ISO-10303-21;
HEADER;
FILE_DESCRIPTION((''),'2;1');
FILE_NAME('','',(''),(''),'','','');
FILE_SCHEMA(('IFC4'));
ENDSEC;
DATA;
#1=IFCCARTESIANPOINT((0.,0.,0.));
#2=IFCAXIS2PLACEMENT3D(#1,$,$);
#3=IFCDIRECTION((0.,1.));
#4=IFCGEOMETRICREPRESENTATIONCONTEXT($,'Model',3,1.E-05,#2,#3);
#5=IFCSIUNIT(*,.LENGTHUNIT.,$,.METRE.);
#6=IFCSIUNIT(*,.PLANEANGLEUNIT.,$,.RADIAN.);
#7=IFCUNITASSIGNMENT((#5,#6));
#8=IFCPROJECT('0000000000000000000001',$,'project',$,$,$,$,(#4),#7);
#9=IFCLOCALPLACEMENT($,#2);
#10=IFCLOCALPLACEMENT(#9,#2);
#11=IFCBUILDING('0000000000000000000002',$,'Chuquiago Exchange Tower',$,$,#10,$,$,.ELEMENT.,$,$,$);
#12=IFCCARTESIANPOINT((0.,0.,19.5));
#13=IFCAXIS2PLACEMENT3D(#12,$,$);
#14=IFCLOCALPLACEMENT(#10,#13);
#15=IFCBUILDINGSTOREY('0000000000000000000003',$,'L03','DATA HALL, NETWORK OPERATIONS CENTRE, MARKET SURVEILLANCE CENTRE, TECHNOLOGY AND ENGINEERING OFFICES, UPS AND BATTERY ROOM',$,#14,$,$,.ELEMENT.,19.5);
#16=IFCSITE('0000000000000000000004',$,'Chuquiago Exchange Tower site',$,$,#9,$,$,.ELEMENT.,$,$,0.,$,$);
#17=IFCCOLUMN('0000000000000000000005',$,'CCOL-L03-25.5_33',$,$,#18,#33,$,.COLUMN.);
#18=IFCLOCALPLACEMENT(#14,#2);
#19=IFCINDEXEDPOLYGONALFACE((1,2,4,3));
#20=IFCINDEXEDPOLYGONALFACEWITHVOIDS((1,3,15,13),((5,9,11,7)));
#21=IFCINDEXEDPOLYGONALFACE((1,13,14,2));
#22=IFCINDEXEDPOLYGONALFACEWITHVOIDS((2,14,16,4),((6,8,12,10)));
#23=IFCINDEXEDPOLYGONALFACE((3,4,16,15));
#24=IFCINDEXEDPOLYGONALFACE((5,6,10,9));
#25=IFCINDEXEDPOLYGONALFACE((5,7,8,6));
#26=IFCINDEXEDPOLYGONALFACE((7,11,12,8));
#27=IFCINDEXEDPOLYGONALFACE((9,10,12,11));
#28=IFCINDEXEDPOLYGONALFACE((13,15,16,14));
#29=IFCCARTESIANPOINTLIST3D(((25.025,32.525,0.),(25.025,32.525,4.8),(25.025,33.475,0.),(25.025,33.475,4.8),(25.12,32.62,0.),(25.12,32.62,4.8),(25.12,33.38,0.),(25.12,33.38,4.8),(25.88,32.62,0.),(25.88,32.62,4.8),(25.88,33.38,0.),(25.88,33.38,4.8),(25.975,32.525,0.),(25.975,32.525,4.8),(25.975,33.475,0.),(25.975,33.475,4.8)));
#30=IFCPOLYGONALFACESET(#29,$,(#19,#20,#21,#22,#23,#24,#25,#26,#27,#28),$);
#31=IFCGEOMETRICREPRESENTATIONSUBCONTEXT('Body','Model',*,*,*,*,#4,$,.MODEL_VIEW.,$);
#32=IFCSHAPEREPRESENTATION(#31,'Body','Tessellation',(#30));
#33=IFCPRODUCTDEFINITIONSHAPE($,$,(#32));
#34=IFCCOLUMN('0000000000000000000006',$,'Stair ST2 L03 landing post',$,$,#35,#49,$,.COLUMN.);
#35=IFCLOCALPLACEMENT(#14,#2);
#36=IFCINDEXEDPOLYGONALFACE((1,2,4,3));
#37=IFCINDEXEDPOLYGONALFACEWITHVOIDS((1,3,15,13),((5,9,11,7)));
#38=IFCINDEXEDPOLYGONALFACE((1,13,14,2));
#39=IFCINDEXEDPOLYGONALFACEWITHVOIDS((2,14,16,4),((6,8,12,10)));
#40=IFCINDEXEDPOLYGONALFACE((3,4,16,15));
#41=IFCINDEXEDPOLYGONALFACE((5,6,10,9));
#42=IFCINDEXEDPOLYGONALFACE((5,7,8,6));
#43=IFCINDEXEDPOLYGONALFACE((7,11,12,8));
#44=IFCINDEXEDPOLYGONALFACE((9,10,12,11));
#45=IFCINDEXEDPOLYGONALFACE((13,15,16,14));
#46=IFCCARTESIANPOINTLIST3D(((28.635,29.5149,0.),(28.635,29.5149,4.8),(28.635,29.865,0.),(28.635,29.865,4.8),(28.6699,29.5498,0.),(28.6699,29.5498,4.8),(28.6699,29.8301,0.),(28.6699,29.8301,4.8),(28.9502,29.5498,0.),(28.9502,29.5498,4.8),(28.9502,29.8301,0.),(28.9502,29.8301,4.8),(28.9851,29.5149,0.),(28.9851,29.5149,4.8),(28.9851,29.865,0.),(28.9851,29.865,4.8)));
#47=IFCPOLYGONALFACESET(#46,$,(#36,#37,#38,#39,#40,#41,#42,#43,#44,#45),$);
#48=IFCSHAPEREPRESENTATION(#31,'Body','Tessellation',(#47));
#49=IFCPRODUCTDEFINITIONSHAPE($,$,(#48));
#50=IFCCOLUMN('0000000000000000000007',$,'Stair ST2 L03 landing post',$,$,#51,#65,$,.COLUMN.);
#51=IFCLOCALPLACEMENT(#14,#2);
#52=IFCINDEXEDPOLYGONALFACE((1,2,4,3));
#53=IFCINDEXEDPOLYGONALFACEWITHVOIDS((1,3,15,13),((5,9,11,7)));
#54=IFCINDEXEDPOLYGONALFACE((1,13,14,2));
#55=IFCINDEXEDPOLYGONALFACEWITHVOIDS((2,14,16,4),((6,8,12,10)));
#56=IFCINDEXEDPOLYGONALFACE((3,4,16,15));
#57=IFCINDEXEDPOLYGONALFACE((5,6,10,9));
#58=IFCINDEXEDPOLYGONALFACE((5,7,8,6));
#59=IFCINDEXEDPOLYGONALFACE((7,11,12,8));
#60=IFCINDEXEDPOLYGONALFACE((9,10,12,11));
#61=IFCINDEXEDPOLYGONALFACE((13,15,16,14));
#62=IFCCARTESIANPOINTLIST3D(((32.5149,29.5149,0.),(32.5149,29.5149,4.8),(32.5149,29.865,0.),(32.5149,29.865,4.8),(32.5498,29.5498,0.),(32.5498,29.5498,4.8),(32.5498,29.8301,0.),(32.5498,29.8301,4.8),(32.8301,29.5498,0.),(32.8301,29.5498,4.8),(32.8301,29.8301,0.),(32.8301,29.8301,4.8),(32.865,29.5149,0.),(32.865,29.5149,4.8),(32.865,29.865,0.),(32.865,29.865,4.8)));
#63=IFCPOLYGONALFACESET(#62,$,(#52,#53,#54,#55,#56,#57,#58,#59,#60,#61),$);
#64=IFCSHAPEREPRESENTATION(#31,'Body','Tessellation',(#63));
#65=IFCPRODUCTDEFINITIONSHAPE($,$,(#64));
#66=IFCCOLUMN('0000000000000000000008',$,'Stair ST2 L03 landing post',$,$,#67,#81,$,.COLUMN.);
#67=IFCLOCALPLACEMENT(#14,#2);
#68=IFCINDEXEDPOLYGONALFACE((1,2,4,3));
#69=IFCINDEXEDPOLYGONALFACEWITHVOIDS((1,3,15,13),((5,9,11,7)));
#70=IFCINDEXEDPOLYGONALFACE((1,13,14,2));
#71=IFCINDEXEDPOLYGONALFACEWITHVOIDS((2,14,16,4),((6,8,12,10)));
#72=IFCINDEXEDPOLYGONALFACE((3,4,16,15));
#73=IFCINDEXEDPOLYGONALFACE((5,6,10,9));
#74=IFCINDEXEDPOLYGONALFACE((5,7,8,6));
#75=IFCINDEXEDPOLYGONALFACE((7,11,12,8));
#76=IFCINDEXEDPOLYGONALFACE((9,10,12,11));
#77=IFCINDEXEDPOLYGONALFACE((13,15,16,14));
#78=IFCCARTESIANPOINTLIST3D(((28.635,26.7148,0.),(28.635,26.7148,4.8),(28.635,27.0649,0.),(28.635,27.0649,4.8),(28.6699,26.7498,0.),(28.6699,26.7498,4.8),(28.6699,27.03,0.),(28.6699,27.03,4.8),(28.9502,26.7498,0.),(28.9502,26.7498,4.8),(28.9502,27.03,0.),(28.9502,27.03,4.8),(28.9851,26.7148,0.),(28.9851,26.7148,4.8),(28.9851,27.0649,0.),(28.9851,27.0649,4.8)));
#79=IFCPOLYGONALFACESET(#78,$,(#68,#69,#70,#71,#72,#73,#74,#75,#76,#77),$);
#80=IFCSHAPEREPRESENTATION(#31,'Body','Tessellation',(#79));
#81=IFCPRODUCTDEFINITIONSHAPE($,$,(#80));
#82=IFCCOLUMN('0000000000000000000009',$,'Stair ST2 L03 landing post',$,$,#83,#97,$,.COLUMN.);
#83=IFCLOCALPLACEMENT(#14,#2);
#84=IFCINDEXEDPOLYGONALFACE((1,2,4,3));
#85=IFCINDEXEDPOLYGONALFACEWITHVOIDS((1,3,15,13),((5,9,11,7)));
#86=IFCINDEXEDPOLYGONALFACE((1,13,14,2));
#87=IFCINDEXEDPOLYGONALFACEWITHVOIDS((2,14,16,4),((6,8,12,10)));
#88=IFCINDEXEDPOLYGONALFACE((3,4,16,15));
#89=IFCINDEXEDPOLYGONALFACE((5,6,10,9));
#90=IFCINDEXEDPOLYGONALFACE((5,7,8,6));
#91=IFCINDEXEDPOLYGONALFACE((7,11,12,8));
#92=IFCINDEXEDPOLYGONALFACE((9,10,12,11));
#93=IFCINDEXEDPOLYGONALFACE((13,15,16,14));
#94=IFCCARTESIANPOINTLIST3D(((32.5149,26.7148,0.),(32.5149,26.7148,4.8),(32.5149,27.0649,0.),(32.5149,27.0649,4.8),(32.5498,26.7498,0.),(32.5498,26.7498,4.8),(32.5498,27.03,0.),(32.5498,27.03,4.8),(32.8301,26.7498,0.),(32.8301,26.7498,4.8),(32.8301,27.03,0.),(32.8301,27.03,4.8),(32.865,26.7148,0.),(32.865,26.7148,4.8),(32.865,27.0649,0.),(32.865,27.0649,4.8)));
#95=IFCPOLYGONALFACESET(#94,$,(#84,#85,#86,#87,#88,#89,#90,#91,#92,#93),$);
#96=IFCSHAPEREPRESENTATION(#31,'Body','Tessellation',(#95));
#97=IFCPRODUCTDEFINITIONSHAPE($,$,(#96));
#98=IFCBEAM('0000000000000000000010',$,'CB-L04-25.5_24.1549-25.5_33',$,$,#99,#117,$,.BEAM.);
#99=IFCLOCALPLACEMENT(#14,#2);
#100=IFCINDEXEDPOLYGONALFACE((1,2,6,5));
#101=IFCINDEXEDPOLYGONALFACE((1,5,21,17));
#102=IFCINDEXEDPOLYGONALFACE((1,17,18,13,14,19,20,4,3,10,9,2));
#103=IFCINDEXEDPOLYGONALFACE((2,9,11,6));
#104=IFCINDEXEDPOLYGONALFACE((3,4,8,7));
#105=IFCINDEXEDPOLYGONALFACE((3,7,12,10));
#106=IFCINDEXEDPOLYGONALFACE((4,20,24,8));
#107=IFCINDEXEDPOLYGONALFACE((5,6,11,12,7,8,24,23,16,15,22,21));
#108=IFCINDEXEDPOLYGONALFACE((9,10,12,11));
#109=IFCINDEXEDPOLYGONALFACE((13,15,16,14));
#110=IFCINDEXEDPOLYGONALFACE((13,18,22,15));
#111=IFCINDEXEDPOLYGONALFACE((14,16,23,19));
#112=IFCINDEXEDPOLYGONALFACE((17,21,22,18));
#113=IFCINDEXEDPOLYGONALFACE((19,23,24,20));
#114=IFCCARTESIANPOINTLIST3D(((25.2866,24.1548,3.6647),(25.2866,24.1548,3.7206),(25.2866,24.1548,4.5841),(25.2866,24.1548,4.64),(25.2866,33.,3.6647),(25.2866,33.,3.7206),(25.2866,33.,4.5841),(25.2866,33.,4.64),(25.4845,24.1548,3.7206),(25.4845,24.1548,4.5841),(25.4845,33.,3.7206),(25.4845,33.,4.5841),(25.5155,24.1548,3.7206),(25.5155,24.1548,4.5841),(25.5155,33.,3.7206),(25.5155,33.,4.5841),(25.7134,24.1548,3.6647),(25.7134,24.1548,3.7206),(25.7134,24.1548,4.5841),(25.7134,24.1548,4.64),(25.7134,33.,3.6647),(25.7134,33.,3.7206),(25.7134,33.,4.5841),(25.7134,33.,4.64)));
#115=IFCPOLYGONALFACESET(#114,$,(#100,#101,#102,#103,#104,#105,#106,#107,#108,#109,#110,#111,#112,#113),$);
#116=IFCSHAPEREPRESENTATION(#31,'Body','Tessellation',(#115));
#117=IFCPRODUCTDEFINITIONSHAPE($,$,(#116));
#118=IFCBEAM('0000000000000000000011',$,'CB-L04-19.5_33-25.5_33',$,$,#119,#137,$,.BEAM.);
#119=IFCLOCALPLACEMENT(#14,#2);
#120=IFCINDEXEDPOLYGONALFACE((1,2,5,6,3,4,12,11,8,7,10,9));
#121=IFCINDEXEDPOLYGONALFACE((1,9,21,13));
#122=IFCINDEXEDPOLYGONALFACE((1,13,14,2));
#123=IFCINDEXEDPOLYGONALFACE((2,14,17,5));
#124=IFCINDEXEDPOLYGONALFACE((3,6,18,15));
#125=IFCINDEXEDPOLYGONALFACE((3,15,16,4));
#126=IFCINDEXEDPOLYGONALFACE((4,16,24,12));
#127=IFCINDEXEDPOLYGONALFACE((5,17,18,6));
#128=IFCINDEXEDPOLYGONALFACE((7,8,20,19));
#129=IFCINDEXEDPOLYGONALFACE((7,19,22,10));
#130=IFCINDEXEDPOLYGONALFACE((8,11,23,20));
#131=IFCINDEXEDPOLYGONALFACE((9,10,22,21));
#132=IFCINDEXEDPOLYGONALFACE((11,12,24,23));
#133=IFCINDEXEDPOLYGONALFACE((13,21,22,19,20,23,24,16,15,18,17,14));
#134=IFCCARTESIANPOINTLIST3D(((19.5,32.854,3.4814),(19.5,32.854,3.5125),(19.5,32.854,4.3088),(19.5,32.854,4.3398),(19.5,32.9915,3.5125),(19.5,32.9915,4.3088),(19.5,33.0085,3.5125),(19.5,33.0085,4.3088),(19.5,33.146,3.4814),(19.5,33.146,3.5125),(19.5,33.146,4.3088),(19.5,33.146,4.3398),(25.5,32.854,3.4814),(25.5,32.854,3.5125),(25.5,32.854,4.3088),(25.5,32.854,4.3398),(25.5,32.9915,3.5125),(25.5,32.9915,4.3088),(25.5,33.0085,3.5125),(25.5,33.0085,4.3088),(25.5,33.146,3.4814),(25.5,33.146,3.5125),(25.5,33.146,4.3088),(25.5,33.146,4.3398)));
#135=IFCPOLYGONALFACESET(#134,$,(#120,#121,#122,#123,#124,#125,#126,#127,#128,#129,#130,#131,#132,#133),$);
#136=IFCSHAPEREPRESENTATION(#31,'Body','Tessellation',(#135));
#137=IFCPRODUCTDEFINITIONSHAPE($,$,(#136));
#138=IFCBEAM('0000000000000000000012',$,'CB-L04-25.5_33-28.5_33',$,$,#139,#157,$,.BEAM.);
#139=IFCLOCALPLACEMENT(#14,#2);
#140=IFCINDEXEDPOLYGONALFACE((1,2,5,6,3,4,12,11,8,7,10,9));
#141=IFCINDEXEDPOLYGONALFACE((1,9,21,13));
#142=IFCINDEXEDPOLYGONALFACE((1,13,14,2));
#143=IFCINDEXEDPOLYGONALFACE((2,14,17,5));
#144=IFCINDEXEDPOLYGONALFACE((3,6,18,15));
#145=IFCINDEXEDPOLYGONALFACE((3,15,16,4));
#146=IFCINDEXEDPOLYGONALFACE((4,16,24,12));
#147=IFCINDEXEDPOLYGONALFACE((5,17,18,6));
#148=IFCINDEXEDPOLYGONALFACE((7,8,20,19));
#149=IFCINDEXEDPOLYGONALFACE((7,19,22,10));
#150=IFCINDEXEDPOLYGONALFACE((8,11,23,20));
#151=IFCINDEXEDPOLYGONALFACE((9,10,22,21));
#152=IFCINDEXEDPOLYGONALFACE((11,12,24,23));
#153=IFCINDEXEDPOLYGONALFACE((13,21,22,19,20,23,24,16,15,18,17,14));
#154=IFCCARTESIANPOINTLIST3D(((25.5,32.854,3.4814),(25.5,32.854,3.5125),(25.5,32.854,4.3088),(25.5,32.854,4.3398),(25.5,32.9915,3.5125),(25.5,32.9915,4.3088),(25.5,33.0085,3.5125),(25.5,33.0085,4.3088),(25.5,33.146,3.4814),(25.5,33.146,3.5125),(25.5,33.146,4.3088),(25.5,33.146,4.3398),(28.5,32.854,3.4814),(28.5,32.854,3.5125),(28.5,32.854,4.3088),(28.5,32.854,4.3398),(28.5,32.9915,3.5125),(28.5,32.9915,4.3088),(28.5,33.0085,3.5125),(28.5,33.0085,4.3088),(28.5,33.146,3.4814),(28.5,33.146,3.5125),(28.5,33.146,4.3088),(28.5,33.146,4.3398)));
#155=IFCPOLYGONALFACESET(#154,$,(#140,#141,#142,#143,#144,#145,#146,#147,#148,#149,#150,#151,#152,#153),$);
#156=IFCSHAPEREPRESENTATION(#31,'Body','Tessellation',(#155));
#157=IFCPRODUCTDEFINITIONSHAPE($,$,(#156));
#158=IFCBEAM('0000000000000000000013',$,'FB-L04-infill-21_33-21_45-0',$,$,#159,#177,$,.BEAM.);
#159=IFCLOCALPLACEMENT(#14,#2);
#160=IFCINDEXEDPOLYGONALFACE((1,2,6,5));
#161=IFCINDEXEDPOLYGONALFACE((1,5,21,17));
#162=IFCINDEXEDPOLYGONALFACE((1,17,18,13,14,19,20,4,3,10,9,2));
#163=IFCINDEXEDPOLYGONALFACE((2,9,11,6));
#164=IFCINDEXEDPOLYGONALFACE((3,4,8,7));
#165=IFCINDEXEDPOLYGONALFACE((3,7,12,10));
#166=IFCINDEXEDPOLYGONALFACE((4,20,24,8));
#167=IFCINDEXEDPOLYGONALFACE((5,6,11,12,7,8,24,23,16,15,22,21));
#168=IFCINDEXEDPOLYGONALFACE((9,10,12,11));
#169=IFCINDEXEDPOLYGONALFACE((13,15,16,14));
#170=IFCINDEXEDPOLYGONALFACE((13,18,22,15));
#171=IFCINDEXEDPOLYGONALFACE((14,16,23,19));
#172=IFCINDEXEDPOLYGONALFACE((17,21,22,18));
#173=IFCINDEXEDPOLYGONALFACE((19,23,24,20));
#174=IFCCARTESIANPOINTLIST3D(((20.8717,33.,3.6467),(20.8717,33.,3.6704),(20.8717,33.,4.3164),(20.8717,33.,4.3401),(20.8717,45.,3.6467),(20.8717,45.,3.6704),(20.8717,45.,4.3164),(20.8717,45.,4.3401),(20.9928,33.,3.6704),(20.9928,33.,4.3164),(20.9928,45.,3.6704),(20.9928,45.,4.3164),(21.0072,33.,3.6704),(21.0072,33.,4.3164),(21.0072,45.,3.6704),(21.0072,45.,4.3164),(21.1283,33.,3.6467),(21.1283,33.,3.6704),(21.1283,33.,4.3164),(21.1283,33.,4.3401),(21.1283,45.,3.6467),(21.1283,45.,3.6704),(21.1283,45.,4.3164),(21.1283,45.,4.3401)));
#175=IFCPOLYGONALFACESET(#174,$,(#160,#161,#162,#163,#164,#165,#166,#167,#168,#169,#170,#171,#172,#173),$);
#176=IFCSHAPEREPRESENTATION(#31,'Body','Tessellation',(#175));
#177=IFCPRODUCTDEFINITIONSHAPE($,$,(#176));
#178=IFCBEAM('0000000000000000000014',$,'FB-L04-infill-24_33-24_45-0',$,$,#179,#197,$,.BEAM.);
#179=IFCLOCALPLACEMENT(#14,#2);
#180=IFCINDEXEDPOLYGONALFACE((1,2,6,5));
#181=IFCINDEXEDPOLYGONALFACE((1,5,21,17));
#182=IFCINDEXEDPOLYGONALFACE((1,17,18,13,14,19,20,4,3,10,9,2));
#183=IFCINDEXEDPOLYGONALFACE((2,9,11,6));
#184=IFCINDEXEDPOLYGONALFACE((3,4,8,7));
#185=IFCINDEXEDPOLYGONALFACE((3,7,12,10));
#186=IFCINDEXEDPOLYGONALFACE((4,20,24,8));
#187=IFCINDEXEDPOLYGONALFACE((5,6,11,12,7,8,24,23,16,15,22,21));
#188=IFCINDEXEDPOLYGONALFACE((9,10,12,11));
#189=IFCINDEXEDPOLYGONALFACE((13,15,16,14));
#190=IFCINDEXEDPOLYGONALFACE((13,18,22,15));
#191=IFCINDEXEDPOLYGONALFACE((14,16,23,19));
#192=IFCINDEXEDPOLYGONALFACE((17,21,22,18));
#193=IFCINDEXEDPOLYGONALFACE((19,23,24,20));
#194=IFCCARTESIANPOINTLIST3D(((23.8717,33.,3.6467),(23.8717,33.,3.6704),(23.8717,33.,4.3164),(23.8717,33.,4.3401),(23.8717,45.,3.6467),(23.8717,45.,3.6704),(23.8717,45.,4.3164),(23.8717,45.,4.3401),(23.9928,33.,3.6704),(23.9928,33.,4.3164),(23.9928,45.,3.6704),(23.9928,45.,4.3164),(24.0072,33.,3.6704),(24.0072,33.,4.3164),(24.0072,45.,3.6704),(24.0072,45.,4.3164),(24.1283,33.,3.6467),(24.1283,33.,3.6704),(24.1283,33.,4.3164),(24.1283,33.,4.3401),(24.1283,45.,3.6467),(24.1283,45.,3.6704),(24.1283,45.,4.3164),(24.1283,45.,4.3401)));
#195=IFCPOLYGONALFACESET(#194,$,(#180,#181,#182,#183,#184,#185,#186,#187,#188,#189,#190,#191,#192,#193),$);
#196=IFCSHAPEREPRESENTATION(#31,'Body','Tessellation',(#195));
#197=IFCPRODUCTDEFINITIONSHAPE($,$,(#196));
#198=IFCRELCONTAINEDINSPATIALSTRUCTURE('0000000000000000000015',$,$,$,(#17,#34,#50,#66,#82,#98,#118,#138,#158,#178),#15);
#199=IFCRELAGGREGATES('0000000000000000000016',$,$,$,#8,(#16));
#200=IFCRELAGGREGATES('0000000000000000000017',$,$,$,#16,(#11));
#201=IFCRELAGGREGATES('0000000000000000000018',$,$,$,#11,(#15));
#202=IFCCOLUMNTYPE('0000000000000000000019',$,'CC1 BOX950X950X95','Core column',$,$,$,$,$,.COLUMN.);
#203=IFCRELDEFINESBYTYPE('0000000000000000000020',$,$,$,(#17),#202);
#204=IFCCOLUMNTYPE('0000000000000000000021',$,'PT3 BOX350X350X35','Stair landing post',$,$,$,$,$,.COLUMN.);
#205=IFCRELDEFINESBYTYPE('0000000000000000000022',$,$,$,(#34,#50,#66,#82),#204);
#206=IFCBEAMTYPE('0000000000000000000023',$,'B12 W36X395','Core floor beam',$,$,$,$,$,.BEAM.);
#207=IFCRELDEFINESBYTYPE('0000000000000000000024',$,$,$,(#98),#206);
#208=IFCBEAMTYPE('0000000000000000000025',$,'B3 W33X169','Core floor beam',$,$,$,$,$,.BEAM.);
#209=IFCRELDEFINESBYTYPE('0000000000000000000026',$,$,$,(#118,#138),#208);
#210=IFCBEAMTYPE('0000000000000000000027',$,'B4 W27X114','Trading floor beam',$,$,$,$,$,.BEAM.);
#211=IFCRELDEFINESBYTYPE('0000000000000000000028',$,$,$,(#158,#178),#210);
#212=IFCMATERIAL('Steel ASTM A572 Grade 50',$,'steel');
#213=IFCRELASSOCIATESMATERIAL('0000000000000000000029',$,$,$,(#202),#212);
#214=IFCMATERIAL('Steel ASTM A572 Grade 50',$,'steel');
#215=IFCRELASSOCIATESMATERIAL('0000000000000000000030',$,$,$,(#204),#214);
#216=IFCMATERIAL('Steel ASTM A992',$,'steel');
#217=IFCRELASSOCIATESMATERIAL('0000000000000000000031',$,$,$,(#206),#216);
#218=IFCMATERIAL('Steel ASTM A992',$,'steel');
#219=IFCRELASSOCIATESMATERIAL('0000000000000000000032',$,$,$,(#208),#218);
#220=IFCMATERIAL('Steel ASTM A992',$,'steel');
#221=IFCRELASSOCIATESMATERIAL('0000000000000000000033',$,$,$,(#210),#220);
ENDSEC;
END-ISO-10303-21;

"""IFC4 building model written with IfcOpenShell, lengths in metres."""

from ifc_helpers import new_model, si_unit, direction, frame, origin, origin_2d, place, context, subcontext, project, spatial, hollow_rectangle, i_section, extrude, material, material_profile, profile_set, type_object, element, save


model = new_model("IFC4")

# Units and contexts
model_context = context("Model", 3, precision=1e-05, world=origin(), true_north=direction((0.0, 1.0)))
body_context = subcontext(model_context, "Body", "Model", "MODEL_VIEW")
ifc_project = project(units=[si_unit("LENGTHUNIT", "METRE"), si_unit("PLANEANGLEUNIT", "RADIAN")], contexts=[model_context])

# Site, building, storey
site_placement = place(None, origin())
site = spatial("IfcSite", under=ifc_project, at=site_placement, Name="Chuquiago Exchange Tower site", CompositionType="ELEMENT", RefElevation=0.0)
building_placement = place(site_placement, origin())
building = spatial("IfcBuilding", under=site, at=building_placement, Name="Chuquiago Exchange Tower", CompositionType="ELEMENT")
storey_placement = place(building_placement, frame((0.0, 0.0, 19.5)))
storey = spatial("IfcBuildingStorey", under=building, at=storey_placement, Name="L03", Description="DATA HALL, NETWORK OPERATIONS CENTRE, MARKET SURVEILLANCE CENTRE, TECHNOLOGY AND ENGINEERING OFFICES, UPS AND BATTERY ROOM", CompositionType="ELEMENT", Elevation=19.5)

# Columns
ifc_material_1 = material(Name="Steel ASTM A572 Grade 50", Category="steel")
ifc_material_profile_1 = material_profile(ifc_material_1, hollow_rectangle(XDim=0.95, YDim=0.95, WallThickness=0.095, at=origin_2d()), Name="BOX950X950X95")
ifc_profile_set_1 = profile_set([ifc_material_profile_1], Name="Steel ASTM A572 Grade 50")
column_type_1 = type_object("IfcColumnType", Name="CC1 BOX950X950X95", Description="Core column", PredefinedType="COLUMN", material=ifc_profile_set_1)
column_placement = place(storey_placement, frame((25.5, 33.0, 0.0), z_axis=(0.0, 0.0, 1.0), x_axis=(1.0, 0.0, 0.0)))
element("IfcColumn", 1, at=column_placement, inside=storey, type_object=column_type_1, Name="CCOL-L03-25.5_33", PredefinedType="COLUMN", context=body_context, shape_type="SweptSolid", body=[
    extrude(hollow_rectangle(XDim=0.95, YDim=0.95, WallThickness=0.095, at=origin_2d()), origin(), (0.0, 0.0, 1.0), 4.8),
])
ifc_material_2 = material(Name="Steel ASTM A572 Grade 50", Category="steel")
ifc_material_profile_2 = material_profile(ifc_material_2, hollow_rectangle(XDim=0.3501, YDim=0.3501, WallThickness=0.0349, at=origin_2d()), Name="BOX350X350X35")
ifc_profile_set_2 = profile_set([ifc_material_profile_2], Name="Steel ASTM A572 Grade 50")
column_type_2 = type_object("IfcColumnType", Name="PT3 BOX350X350X35", Description="Stair landing post", PredefinedType="COLUMN", material=ifc_profile_set_2)
for number, where, z_axis, x_axis, name in (
    (2, (28.8101, 29.6899, 0.0), (0.0, 0.0, 1.0), (1.0, 0.0, 0.0), "Stair ST2 L03 landing post"),
    (3, (32.6899, 29.6899, 0.0), (0.0, 0.0, 1.0), (1.0, 0.0, 0.0), "Stair ST2 L03 landing post"),
    (4, (28.8101, 26.8899, 0.0), (0.0, 0.0, 1.0), (1.0, 0.0, 0.0), "Stair ST2 L03 landing post"),
    (5, (32.6899, 26.8899, 0.0), (0.0, 0.0, 1.0), (1.0, 0.0, 0.0), "Stair ST2 L03 landing post"),
):
    element("IfcColumn", number, at=place(storey_placement, frame(where, z_axis=z_axis, x_axis=x_axis)), inside=storey, type_object=column_type_2, Name=name, PredefinedType="COLUMN", context=body_context, shape_type="SweptSolid", body=[
        extrude(hollow_rectangle(XDim=0.3501, YDim=0.3501, WallThickness=0.0349, at=origin_2d()), origin(), (0.0, 0.0, 1.0), 4.8),
    ])

# Beams
ifc_material_3 = material(Name="Steel ASTM A992", Category="steel")
ifc_material_profile_3 = material_profile(ifc_material_3, i_section(OverallWidth=0.4268, OverallDepth=0.9753, WebThickness=0.031, FlangeThickness=0.0559, at=origin_2d()), Name="W36X395")
ifc_profile_set_3 = profile_set([ifc_material_profile_3], Name="Steel ASTM A992")
beam_type_1 = type_object("IfcBeamType", Name="B12 W36X395", Description="Core floor beam", PredefinedType="BEAM", material=ifc_profile_set_3)
beam_1_placement = place(storey_placement, frame((25.5, 24.1548, 4.1523), z_axis=(0.0, 1.0, 0.0), x_axis=(-1.0, 0.0, 0.0)))
element("IfcBeam", 6, at=beam_1_placement, inside=storey, type_object=beam_type_1, Name="CB-L04-25.5_24.1549-25.5_33", PredefinedType="BEAM", context=body_context, shape_type="SweptSolid", body=[
    extrude(i_section(OverallWidth=0.4268, OverallDepth=0.9753, WebThickness=0.031, FlangeThickness=0.0559, at=origin_2d()), origin(), (0.0, 0.0, 1.0), 8.8452),
])
ifc_material_4 = material(Name="Steel ASTM A992", Category="steel")
ifc_material_profile_4 = material_profile(ifc_material_4, i_section(OverallWidth=0.292, OverallDepth=0.8584, WebThickness=0.0171, FlangeThickness=0.031, at=origin_2d()), Name="W33X169")
ifc_profile_set_4 = profile_set([ifc_material_profile_4], Name="Steel ASTM A992")
beam_type_2 = type_object("IfcBeamType", Name="B3 W33X169", Description="Core floor beam", PredefinedType="BEAM", material=ifc_profile_set_4)
beam_2_placement = place(storey_placement, frame((19.5, 33.0, 3.9106), z_axis=(1.0, 0.0, 0.0), x_axis=(0.0, 1.0, 0.0)))
element("IfcBeam", 7, at=beam_2_placement, inside=storey, type_object=beam_type_2, Name="CB-L04-19.5_33-25.5_33", PredefinedType="BEAM", context=body_context, shape_type="SweptSolid", body=[
    extrude(i_section(OverallWidth=0.292, OverallDepth=0.8584, WebThickness=0.0171, FlangeThickness=0.031, at=origin_2d()), origin(), (0.0, 0.0, 1.0), 6.0),
])
beam_3_placement = place(storey_placement, frame((25.5, 33.0, 3.9106), z_axis=(1.0, 0.0, 0.0), x_axis=(0.0, 1.0, 0.0)))
element("IfcBeam", 8, at=beam_3_placement, inside=storey, type_object=beam_type_2, Name="CB-L04-25.5_33-28.5_33", PredefinedType="BEAM", context=body_context, shape_type="SweptSolid", body=[
    extrude(i_section(OverallWidth=0.292, OverallDepth=0.8584, WebThickness=0.0171, FlangeThickness=0.031, at=origin_2d()), origin(), (0.0, 0.0, 1.0), 3.0),
])
ifc_material_5 = material(Name="Steel ASTM A992", Category="steel")
ifc_material_profile_5 = material_profile(ifc_material_5, i_section(OverallWidth=0.2566, OverallDepth=0.6934, WebThickness=0.0144, FlangeThickness=0.0237, at=origin_2d()), Name="W27X114")
ifc_profile_set_5 = profile_set([ifc_material_profile_5], Name="Steel ASTM A992")
beam_type_3 = type_object("IfcBeamType", Name="B4 W27X114", Description="Trading floor beam", PredefinedType="BEAM", material=ifc_profile_set_5)
for number, where, z_axis, x_axis, name in (
    (9, (21.0, 33.0, 3.9934), (0.0, 1.0, 0.0), (-1.0, 0.0, 0.0), "FB-L04-infill-21_33-21_45-0"),
    (10, (24.0, 33.0, 3.9934), (0.0, 1.0, 0.0), (-1.0, 0.0, 0.0), "FB-L04-infill-24_33-24_45-0"),
):
    element("IfcBeam", number, at=place(storey_placement, frame(where, z_axis=z_axis, x_axis=x_axis)), inside=storey, type_object=beam_type_3, Name=name, PredefinedType="BEAM", context=body_context, shape_type="SweptSolid", body=[
        extrude(i_section(OverallWidth=0.2566, OverallDepth=0.6934, WebThickness=0.0144, FlangeThickness=0.0237, at=origin_2d()), origin(), (0.0, 0.0, 1.0), 12.0),
    ])

save(model, "model.ifc")
